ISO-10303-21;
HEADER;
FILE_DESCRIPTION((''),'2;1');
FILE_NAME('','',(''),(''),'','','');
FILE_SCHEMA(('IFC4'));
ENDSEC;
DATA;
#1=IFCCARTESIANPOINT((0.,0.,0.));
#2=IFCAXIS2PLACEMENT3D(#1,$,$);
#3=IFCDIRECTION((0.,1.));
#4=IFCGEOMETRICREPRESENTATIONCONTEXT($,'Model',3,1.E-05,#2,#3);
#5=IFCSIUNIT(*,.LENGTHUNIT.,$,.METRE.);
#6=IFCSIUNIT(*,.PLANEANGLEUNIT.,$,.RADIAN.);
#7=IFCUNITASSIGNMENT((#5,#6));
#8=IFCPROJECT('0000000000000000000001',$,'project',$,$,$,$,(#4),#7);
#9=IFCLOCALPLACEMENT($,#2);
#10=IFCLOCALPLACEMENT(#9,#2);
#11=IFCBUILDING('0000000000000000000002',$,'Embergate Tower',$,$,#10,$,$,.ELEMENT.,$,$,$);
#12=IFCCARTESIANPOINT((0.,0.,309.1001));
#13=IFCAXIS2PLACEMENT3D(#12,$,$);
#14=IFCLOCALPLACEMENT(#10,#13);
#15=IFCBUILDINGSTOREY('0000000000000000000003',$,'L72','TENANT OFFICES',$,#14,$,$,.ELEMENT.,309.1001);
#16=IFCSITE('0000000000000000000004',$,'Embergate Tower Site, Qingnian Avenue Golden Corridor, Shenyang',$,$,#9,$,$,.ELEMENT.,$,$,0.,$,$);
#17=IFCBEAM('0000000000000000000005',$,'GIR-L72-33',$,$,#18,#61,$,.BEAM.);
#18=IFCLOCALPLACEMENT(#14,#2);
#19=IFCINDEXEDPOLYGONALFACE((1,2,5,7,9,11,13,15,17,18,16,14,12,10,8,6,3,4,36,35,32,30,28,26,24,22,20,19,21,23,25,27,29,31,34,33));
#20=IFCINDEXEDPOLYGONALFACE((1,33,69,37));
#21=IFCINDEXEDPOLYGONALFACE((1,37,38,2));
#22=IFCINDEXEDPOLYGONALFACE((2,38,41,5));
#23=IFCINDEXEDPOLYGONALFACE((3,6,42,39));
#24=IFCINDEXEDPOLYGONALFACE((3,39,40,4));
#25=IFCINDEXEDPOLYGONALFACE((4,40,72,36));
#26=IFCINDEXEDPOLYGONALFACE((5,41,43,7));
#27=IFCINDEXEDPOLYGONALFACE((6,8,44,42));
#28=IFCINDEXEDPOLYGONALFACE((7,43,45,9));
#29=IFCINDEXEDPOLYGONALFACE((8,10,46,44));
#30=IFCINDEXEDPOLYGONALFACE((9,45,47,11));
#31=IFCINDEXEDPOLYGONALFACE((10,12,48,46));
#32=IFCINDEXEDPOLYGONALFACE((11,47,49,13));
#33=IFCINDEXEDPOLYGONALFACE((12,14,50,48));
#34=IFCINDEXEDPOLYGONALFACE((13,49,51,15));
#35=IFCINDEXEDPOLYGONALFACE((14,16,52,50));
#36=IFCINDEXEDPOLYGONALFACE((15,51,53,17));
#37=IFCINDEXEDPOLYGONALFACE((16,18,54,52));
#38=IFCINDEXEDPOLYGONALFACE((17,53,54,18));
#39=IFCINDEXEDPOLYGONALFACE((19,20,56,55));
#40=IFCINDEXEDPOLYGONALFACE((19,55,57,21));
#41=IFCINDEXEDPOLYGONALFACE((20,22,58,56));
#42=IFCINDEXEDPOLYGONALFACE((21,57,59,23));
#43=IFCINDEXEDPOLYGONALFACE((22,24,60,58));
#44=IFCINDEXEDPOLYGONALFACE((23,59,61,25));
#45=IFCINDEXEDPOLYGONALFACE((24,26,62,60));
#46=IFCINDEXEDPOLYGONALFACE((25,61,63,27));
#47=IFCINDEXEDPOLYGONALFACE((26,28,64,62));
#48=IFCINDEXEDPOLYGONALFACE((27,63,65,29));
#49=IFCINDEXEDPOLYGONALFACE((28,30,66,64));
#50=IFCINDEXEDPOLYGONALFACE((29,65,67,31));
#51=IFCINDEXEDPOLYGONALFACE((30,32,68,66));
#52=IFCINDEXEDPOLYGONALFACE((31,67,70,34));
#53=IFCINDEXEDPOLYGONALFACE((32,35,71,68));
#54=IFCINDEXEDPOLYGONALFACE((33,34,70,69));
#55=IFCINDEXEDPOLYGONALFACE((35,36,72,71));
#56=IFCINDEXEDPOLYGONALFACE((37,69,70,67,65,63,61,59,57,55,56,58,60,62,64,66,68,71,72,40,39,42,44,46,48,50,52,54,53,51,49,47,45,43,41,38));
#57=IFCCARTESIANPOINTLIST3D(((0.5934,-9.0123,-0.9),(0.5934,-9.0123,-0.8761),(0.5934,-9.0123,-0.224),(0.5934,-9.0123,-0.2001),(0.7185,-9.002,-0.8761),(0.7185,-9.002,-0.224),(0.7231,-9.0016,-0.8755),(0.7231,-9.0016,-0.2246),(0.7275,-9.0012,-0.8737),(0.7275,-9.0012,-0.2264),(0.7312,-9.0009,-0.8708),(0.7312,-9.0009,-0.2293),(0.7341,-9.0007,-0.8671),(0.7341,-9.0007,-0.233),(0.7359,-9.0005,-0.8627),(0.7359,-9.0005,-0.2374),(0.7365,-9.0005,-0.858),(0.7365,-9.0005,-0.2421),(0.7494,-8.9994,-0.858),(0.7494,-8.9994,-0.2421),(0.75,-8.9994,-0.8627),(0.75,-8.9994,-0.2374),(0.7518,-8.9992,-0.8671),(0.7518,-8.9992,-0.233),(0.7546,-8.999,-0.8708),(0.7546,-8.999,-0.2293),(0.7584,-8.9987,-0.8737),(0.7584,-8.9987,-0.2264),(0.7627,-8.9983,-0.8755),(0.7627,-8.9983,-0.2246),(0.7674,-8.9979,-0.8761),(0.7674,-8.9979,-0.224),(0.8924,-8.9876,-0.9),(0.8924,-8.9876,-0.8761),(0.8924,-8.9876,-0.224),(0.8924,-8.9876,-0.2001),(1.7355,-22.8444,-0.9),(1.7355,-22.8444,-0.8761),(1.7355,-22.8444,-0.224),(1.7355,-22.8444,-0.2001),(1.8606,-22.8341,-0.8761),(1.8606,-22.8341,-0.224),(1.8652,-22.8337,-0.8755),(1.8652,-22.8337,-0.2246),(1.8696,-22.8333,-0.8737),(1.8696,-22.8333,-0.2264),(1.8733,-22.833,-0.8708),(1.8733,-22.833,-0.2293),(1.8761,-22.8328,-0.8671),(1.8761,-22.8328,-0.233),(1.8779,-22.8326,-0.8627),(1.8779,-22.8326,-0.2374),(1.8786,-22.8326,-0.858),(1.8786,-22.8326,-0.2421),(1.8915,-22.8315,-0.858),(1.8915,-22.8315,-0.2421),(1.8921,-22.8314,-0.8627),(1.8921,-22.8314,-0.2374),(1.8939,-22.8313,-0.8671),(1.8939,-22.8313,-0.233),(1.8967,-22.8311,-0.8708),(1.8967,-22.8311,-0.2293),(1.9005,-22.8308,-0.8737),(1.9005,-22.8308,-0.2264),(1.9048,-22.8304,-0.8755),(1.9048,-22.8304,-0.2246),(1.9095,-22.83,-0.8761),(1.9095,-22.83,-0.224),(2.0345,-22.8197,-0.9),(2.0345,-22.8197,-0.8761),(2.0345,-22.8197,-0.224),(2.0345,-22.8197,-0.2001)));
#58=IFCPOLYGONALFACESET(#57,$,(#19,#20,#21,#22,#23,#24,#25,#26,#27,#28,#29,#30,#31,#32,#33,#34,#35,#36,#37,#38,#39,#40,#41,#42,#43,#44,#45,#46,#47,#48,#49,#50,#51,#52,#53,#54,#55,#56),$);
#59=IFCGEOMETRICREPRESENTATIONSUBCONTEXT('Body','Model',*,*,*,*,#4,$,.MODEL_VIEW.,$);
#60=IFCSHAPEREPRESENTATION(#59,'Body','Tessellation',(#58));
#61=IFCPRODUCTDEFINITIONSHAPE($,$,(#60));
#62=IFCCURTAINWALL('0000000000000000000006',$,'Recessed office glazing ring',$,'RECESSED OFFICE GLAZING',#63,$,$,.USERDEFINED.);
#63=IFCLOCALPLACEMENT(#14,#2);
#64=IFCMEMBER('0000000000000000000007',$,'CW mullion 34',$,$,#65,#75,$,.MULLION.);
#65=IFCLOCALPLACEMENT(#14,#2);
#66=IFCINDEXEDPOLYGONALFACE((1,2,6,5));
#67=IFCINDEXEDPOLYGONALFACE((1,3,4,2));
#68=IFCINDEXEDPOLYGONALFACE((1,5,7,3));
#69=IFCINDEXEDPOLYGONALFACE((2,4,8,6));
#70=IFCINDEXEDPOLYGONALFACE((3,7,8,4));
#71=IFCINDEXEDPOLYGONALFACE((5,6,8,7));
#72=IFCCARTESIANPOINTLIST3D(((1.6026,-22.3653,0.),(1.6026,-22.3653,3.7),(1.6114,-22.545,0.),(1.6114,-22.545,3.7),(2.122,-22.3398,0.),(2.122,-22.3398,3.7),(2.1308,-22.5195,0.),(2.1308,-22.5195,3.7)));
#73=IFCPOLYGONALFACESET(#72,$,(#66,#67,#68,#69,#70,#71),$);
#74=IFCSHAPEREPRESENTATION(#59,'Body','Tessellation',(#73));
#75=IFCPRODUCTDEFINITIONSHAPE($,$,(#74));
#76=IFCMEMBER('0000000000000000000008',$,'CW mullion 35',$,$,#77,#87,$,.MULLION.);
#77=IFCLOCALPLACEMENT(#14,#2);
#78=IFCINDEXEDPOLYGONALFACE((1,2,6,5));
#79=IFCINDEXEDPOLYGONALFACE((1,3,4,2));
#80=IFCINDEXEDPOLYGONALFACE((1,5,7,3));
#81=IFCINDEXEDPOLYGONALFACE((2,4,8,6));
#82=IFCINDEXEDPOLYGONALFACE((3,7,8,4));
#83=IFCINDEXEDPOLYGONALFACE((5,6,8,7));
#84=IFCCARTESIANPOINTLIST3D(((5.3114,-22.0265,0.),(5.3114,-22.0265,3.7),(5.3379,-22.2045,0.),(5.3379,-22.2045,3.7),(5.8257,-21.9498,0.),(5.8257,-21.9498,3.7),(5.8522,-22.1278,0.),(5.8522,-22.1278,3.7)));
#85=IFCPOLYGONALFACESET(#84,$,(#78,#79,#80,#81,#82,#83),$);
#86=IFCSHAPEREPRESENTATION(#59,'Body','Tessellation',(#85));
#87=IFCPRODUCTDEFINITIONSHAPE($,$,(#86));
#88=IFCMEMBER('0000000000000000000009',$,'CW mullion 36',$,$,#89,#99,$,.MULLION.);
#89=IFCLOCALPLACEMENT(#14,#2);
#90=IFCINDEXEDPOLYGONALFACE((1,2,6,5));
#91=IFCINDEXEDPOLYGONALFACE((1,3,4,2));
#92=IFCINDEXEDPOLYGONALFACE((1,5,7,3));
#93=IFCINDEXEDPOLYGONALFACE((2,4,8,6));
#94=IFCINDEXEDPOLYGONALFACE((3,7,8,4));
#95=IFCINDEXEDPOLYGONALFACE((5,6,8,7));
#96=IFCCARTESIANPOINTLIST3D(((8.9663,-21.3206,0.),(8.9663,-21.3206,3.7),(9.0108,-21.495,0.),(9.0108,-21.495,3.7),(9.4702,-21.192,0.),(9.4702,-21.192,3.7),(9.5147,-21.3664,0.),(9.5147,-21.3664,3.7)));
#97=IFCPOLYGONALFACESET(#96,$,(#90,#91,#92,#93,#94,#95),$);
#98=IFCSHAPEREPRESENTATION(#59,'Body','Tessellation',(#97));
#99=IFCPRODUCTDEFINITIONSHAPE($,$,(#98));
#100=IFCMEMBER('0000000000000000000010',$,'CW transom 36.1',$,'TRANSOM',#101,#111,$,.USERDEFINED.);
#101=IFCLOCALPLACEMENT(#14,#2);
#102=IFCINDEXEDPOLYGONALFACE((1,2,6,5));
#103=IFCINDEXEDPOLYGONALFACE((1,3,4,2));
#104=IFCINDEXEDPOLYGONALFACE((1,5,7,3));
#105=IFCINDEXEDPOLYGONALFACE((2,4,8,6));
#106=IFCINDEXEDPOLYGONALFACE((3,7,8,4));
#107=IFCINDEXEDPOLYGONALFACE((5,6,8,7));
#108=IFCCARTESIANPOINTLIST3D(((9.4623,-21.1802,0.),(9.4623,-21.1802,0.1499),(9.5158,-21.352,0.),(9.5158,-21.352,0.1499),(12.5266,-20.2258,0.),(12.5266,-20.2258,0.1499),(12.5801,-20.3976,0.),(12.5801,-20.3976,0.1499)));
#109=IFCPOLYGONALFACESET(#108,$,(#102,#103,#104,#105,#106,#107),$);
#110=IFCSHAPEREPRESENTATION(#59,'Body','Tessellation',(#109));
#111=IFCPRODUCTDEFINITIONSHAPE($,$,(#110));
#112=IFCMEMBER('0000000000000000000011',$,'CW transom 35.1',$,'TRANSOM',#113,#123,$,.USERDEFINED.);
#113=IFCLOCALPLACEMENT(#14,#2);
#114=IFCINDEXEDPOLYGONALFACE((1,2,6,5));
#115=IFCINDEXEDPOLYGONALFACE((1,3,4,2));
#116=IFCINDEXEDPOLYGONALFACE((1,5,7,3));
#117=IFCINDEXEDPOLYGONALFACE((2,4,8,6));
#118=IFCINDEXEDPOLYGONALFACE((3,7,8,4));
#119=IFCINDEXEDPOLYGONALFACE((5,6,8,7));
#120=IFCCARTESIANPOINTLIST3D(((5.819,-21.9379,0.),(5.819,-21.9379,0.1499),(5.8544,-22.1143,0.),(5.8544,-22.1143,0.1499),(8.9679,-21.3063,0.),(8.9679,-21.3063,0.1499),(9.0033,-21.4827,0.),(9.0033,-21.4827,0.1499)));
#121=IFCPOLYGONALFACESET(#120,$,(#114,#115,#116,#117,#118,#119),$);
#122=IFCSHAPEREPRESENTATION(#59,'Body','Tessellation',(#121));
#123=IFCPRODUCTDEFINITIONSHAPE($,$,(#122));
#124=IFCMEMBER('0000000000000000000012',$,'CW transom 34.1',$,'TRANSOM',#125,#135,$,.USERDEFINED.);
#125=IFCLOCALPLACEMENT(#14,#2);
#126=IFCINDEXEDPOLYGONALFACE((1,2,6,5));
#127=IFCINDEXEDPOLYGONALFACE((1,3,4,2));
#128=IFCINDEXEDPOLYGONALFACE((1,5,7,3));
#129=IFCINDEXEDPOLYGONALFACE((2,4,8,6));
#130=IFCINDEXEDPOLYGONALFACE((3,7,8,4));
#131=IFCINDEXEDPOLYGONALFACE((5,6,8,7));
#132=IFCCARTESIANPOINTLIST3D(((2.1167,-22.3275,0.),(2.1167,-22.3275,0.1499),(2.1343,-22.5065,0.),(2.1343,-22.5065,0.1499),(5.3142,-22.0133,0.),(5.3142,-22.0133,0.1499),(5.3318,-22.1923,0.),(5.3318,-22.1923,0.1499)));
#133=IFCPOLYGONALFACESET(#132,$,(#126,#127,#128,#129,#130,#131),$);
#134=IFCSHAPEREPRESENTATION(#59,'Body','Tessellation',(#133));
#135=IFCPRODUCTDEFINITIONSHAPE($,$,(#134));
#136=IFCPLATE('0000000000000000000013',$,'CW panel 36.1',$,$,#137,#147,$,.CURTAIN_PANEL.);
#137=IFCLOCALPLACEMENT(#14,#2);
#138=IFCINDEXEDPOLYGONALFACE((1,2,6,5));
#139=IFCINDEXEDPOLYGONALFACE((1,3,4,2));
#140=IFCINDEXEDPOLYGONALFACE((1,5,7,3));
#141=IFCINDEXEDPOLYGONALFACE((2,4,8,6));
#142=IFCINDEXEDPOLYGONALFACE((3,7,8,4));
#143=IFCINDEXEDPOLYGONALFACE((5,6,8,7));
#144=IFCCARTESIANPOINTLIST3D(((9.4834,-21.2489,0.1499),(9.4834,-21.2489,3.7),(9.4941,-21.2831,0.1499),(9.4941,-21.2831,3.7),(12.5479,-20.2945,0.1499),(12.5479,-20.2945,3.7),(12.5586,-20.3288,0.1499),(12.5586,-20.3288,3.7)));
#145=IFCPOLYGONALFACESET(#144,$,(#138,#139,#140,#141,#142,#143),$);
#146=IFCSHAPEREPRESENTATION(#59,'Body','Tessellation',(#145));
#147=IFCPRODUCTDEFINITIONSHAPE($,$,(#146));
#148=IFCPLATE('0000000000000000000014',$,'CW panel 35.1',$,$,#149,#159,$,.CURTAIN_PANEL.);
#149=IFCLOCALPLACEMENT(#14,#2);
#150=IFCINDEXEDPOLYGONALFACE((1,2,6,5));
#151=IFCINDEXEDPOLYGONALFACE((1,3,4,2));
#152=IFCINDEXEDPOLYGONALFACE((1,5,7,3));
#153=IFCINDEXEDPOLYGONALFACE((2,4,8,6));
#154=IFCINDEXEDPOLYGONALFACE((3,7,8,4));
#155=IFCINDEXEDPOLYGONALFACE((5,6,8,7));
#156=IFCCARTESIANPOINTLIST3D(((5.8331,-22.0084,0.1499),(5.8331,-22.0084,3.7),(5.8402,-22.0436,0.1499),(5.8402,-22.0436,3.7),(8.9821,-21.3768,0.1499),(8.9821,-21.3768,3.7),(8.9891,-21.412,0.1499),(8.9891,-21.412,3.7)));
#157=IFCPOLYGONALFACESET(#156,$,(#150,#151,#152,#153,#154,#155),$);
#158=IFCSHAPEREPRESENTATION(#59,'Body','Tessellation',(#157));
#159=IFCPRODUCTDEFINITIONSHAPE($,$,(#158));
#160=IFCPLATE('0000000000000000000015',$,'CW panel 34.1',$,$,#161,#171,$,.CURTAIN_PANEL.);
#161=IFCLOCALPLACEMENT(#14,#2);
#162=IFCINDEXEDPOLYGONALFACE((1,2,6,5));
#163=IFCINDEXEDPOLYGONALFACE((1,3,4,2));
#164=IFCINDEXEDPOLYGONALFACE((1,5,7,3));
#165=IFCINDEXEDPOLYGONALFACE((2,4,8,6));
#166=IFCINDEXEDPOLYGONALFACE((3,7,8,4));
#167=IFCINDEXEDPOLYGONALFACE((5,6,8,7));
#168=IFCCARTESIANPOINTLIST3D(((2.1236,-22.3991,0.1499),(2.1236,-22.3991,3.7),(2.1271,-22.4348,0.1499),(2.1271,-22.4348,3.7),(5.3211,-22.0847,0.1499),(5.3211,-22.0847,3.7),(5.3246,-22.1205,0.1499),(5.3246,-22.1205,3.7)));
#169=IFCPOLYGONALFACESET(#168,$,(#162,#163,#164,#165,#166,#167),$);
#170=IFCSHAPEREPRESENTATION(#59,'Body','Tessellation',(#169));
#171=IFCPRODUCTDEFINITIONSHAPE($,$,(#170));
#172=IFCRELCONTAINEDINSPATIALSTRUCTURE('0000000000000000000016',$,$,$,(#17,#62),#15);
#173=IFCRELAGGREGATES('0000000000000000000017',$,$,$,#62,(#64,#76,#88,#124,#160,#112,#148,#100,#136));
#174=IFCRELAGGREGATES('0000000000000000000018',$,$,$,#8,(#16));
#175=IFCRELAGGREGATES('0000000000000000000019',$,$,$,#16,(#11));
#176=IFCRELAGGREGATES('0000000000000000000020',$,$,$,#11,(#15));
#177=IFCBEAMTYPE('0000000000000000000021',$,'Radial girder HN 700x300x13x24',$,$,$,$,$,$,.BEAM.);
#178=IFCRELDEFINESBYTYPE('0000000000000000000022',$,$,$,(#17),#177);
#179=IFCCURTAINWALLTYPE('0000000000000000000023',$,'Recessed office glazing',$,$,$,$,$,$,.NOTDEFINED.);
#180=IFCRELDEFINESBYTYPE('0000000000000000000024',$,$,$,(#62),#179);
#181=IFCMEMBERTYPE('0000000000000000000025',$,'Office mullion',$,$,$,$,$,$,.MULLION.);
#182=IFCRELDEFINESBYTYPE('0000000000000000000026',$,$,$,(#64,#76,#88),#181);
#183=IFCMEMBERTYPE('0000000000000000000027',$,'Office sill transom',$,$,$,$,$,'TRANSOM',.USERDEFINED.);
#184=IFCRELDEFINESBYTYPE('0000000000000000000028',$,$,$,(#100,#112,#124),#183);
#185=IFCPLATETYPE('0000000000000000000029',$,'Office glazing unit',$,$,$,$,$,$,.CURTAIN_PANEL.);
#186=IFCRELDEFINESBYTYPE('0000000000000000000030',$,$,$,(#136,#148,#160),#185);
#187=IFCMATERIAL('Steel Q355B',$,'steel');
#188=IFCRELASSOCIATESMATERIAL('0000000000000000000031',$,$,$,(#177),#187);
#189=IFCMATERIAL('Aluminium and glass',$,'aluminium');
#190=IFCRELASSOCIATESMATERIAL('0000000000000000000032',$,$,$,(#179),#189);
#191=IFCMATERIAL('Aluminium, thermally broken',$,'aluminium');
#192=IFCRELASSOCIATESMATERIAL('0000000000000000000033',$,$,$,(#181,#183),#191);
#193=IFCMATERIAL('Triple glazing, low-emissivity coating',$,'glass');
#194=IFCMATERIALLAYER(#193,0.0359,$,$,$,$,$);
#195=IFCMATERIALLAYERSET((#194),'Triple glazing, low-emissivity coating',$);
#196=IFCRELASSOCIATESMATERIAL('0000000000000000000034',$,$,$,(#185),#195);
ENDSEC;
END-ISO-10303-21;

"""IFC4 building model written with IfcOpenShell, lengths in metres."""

from ifc_helpers import new_model, si_unit, direction, frame, origin, origin_2d, place, context, subcontext, project, spatial, rectangle, i_section, extrude, source, transform, mapped, material, layer, layer_set, material_profile, profile_set, type_object, element, aggregate, save


model = new_model("IFC4")

# Units and contexts
model_context = context("Model", 3, precision=1e-05, world=origin(), true_north=direction((0.0, 1.0)))
body_context = subcontext(model_context, "Body", "Model", "MODEL_VIEW")
ifc_project = project(units=[si_unit("LENGTHUNIT", "METRE"), si_unit("PLANEANGLEUNIT", "RADIAN")], contexts=[model_context])

# Site, building, storey
site_placement = place(None, origin())
site = spatial("IfcSite", under=ifc_project, at=site_placement, Name="Embergate Tower Site, Qingnian Avenue Golden Corridor, Shenyang", CompositionType="ELEMENT", RefElevation=0.0)
building_placement = place(site_placement, origin())
building = spatial("IfcBuilding", under=site, at=building_placement, Name="Embergate Tower", CompositionType="ELEMENT")
storey_placement = place(building_placement, frame((0.0, 0.0, 309.1001)))
storey = spatial("IfcBuildingStorey", under=building, at=storey_placement, Name="L72", Description="TENANT OFFICES", CompositionType="ELEMENT", Elevation=309.1001)

# Beam
ifc_material_1 = material(Name="Steel Q355B", Category="steel")
ifc_material_profile_1 = material_profile(ifc_material_1, i_section(OverallWidth=0.3, OverallDepth=0.7, WebThickness=0.0129, FlangeThickness=0.0239, FilletRadius=0.0181, at=origin_2d()), Name="HN 700x300x13x24")
ifc_profile_set_1 = profile_set([ifc_material_profile_1], Name="Steel Q355 grade B")
beam_type_1 = type_object("IfcBeamType", Name="Radial girder HN 700x300x13x24", PredefinedType="BEAM", material=ifc_profile_set_1)
shared_shape_1 = source(origin(), body_context, "Body", "SweptSolid", [
    extrude(i_section(OverallWidth=0.3, OverallDepth=0.7, WebThickness=0.0129, FlangeThickness=0.0239, FilletRadius=0.0181, at=origin_2d()), origin(), (0.0, 0.0, 1.0), 13.8792),
])
beam_1_placement = place(storey_placement, frame((1.885, -22.832, -0.55), z_axis=(-0.082288, 0.996609, 0.0), x_axis=(-0.996609, -0.082288, 0.0)))
element("IfcBeam", 1, at=beam_1_placement, inside=storey, type_object=beam_type_1, Name="GIR-L72-33", PredefinedType="BEAM", context=body_context, shape_type="MappedRepresentation", body=[
    mapped(shared_shape_1, transform((0.0, 0.0, 0.0))),
])

# Curtain wall, members
ifc_material_2 = material(Name="Aluminium and glass", Category="aluminium")
curtain_wall_type = type_object("IfcCurtainWallType", Name="Recessed office glazing", PredefinedType="NOTDEFINED", material=ifc_material_2)
curtain_wall_placement = place(storey_placement, origin())
curtain_wall = element("IfcCurtainWall", 2, at=curtain_wall_placement, inside=storey, type_object=curtain_wall_type, Name="Recessed office glazing ring", ObjectType="RECESSED OFFICE GLAZING", PredefinedType="USERDEFINED")
ifc_material_3 = material(Name="Aluminium, thermally broken", Category="aluminium")
ifc_material_profile_2 = material_profile(ifc_material_3, rectangle(XDim=0.1799, YDim=0.52, at=origin_2d()), Name="AL 520x180")
ifc_profile_set_2 = profile_set([ifc_material_profile_2], Name="Aluminium, thermally broken")
member_type_1 = type_object("IfcMemberType", Name="Office mullion", PredefinedType="MULLION", material=ifc_profile_set_2)
shared_shape_2 = source(origin(), body_context, "Body", "SweptSolid", [
    extrude(rectangle(XDim=0.1799, YDim=0.52, at=origin_2d()), origin(), (0.0, 0.0, 1.0), 3.7),
])
member_1_placement = place(storey_placement, frame((1.8667, -22.4424, 0.0), z_axis=(0.0, 0.0, 1.0), x_axis=(-0.048972, 0.9988, 0.0)))
member_1 = element("IfcMember", 3, at=member_1_placement, type_object=member_type_1, Name="CW mullion 34", PredefinedType="MULLION", context=body_context, shape_type="MappedRepresentation", body=[
    mapped(shared_shape_2, transform((0.0, 0.0, 0.0))),
])
member_2_placement = place(storey_placement, frame((5.5818, -22.0771, 0.0), z_axis=(0.0, 0.0, 1.0), x_axis=(-0.147412, 0.989075, 0.0)))
member_2 = element("IfcMember", 4, at=member_2_placement, type_object=member_type_1, Name="CW mullion 35", PredefinedType="MULLION", context=body_context, shape_type="MappedRepresentation", body=[
    mapped(shared_shape_2, transform((0.0, 0.0, 0.0))),
])
member_3_placement = place(storey_placement, frame((9.2405, -21.3435, 0.0), z_axis=(0.0, 0.0, 1.0), x_axis=(-0.247312, 0.968936, 0.0)))
member_3 = element("IfcMember", 5, at=member_3_placement, type_object=member_type_1, Name="CW mullion 36", PredefinedType="MULLION", context=body_context, shape_type="MappedRepresentation", body=[
    mapped(shared_shape_2, transform((0.0, 0.0, 0.0))),
])
ifc_material_profile_3 = material_profile(ifc_material_3, rectangle(XDim=0.1799, YDim=0.1499, at=origin_2d()), Name="AL 150x180")
ifc_profile_set_3 = profile_set([ifc_material_profile_3], Name="Aluminium, thermally broken")
member_type_2 = type_object("IfcMemberType", Name="Office sill transom", ElementType="TRANSOM", PredefinedType="USERDEFINED", material=ifc_profile_set_3)
shared_shape_3 = source(origin(), body_context, "Body", "SweptSolid", [
    extrude(rectangle(XDim=0.1799, YDim=0.1499, at=origin_2d()), origin(), (0.0, 0.0, 1.0), 3.2095),
])
member_4_placement = place(storey_placement, frame((9.489, -21.2661, 0.075), z_axis=(0.954765, 0.297361, 0.0), x_axis=(-0.297361, 0.954765, 0.0)))
member_4 = element("IfcMember", 6, at=member_4_placement, type_object=member_type_2, Name="CW transom 36.1", ObjectType="TRANSOM", PredefinedType="USERDEFINED", context=body_context, shape_type="MappedRepresentation", body=[
    mapped(shared_shape_3, transform((0.0, 0.0, 0.0))),
])
shared_shape_4 = source(origin(), body_context, "Body", "SweptSolid", [
    extrude(rectangle(XDim=0.1799, YDim=0.1499, at=origin_2d()), origin(), (0.0, 0.0, 1.0), 3.2117),
])
member_5_placement = place(storey_placement, frame((5.8367, -22.0261, 0.075), z_axis=(0.980472, 0.196657, 0.0), x_axis=(-0.196657, 0.980472, 0.0)))
member_5 = element("IfcMember", 7, at=member_5_placement, type_object=member_type_2, Name="CW transom 35.1", ObjectType="TRANSOM", PredefinedType="USERDEFINED", context=body_context, shape_type="MappedRepresentation", body=[
    mapped(shared_shape_4, transform((0.0, 0.0, 0.0))),
])
shared_shape_5 = source(origin(), body_context, "Body", "SweptSolid", [
    extrude(rectangle(XDim=0.1799, YDim=0.1499, at=origin_2d()), origin(), (0.0, 0.0, 1.0), 3.2129),
])
member_6_placement = place(storey_placement, frame((2.1255, -22.417, 0.075), z_axis=(0.995207, 0.097796, 0.0), x_axis=(-0.097796, 0.995207, 0.0)))
member_6 = element("IfcMember", 8, at=member_6_placement, type_object=member_type_2, Name="CW transom 34.1", ObjectType="TRANSOM", PredefinedType="USERDEFINED", context=body_context, shape_type="MappedRepresentation", body=[
    mapped(shared_shape_5, transform((0.0, 0.0, 0.0))),
])

# Plates
ifc_material_4 = material(Name="Triple glazing, low-emissivity coating", Category="glass")
ifc_layer_1 = layer(ifc_material_4, 0.0359)
ifc_layer_set_1 = layer_set([ifc_layer_1], Name="Triple glazing, low-emissivity coating")
plate_type = type_object("IfcPlateType", Name="Office glazing unit", PredefinedType="CURTAIN_PANEL", material=ifc_layer_set_1)
shared_shape_6 = source(origin(), body_context, "Body", "SweptSolid", [
    extrude(rectangle(XDim=3.2097, YDim=0.0359, at=origin_2d()), origin(), (0.0, 0.0, 1.0), 3.55),
])
plate_1_placement = place(storey_placement, frame((11.021, -20.7888, 0.1499), z_axis=(0.0, 0.0, 1.0), x_axis=(0.954771, 0.297342, 0.0)))
plate_1 = element("IfcPlate", 9, at=plate_1_placement, type_object=plate_type, Name="CW panel 36.1", PredefinedType="CURTAIN_PANEL", context=body_context, shape_type="MappedRepresentation", body=[
    mapped(shared_shape_6, transform((0.0, 0.0, 0.0))),
])
shared_shape_7 = source(origin(), body_context, "Body", "SweptSolid", [
    extrude(rectangle(XDim=3.2117, YDim=0.0359, at=origin_2d()), origin(), (0.0, 0.0, 1.0), 3.55),
])
plate_2_placement = place(storey_placement, frame((7.4111, -21.7102, 0.1499), z_axis=(0.0, 0.0, 1.0), x_axis=(0.980475, 0.196643, 0.0)))
plate_2 = element("IfcPlate", 10, at=plate_2_placement, type_object=plate_type, Name="CW panel 35.1", PredefinedType="CURTAIN_PANEL", context=body_context, shape_type="MappedRepresentation", body=[
    mapped(shared_shape_7, transform((0.0, 0.0, 0.0))),
])
shared_shape_8 = source(origin(), body_context, "Body", "SweptSolid", [
    extrude(rectangle(XDim=3.2129, YDim=0.0359, at=origin_2d()), origin(), (0.0, 0.0, 1.0), 3.55),
])
plate_3_placement = place(storey_placement, frame((3.7241, -22.2598, 0.1499), z_axis=(0.0, 0.0, 1.0), x_axis=(0.995203, 0.097831, 0.0)))
plate_3 = element("IfcPlate", 11, at=plate_3_placement, type_object=plate_type, Name="CW panel 34.1", PredefinedType="CURTAIN_PANEL", context=body_context, shape_type="MappedRepresentation", body=[
    mapped(shared_shape_8, transform((0.0, 0.0, 0.0))),
])
aggregate(curtain_wall, [member_1, member_2, member_3, member_6, plate_3, member_5, plate_2, member_4, plate_1])

save(model, "model.ifc")
